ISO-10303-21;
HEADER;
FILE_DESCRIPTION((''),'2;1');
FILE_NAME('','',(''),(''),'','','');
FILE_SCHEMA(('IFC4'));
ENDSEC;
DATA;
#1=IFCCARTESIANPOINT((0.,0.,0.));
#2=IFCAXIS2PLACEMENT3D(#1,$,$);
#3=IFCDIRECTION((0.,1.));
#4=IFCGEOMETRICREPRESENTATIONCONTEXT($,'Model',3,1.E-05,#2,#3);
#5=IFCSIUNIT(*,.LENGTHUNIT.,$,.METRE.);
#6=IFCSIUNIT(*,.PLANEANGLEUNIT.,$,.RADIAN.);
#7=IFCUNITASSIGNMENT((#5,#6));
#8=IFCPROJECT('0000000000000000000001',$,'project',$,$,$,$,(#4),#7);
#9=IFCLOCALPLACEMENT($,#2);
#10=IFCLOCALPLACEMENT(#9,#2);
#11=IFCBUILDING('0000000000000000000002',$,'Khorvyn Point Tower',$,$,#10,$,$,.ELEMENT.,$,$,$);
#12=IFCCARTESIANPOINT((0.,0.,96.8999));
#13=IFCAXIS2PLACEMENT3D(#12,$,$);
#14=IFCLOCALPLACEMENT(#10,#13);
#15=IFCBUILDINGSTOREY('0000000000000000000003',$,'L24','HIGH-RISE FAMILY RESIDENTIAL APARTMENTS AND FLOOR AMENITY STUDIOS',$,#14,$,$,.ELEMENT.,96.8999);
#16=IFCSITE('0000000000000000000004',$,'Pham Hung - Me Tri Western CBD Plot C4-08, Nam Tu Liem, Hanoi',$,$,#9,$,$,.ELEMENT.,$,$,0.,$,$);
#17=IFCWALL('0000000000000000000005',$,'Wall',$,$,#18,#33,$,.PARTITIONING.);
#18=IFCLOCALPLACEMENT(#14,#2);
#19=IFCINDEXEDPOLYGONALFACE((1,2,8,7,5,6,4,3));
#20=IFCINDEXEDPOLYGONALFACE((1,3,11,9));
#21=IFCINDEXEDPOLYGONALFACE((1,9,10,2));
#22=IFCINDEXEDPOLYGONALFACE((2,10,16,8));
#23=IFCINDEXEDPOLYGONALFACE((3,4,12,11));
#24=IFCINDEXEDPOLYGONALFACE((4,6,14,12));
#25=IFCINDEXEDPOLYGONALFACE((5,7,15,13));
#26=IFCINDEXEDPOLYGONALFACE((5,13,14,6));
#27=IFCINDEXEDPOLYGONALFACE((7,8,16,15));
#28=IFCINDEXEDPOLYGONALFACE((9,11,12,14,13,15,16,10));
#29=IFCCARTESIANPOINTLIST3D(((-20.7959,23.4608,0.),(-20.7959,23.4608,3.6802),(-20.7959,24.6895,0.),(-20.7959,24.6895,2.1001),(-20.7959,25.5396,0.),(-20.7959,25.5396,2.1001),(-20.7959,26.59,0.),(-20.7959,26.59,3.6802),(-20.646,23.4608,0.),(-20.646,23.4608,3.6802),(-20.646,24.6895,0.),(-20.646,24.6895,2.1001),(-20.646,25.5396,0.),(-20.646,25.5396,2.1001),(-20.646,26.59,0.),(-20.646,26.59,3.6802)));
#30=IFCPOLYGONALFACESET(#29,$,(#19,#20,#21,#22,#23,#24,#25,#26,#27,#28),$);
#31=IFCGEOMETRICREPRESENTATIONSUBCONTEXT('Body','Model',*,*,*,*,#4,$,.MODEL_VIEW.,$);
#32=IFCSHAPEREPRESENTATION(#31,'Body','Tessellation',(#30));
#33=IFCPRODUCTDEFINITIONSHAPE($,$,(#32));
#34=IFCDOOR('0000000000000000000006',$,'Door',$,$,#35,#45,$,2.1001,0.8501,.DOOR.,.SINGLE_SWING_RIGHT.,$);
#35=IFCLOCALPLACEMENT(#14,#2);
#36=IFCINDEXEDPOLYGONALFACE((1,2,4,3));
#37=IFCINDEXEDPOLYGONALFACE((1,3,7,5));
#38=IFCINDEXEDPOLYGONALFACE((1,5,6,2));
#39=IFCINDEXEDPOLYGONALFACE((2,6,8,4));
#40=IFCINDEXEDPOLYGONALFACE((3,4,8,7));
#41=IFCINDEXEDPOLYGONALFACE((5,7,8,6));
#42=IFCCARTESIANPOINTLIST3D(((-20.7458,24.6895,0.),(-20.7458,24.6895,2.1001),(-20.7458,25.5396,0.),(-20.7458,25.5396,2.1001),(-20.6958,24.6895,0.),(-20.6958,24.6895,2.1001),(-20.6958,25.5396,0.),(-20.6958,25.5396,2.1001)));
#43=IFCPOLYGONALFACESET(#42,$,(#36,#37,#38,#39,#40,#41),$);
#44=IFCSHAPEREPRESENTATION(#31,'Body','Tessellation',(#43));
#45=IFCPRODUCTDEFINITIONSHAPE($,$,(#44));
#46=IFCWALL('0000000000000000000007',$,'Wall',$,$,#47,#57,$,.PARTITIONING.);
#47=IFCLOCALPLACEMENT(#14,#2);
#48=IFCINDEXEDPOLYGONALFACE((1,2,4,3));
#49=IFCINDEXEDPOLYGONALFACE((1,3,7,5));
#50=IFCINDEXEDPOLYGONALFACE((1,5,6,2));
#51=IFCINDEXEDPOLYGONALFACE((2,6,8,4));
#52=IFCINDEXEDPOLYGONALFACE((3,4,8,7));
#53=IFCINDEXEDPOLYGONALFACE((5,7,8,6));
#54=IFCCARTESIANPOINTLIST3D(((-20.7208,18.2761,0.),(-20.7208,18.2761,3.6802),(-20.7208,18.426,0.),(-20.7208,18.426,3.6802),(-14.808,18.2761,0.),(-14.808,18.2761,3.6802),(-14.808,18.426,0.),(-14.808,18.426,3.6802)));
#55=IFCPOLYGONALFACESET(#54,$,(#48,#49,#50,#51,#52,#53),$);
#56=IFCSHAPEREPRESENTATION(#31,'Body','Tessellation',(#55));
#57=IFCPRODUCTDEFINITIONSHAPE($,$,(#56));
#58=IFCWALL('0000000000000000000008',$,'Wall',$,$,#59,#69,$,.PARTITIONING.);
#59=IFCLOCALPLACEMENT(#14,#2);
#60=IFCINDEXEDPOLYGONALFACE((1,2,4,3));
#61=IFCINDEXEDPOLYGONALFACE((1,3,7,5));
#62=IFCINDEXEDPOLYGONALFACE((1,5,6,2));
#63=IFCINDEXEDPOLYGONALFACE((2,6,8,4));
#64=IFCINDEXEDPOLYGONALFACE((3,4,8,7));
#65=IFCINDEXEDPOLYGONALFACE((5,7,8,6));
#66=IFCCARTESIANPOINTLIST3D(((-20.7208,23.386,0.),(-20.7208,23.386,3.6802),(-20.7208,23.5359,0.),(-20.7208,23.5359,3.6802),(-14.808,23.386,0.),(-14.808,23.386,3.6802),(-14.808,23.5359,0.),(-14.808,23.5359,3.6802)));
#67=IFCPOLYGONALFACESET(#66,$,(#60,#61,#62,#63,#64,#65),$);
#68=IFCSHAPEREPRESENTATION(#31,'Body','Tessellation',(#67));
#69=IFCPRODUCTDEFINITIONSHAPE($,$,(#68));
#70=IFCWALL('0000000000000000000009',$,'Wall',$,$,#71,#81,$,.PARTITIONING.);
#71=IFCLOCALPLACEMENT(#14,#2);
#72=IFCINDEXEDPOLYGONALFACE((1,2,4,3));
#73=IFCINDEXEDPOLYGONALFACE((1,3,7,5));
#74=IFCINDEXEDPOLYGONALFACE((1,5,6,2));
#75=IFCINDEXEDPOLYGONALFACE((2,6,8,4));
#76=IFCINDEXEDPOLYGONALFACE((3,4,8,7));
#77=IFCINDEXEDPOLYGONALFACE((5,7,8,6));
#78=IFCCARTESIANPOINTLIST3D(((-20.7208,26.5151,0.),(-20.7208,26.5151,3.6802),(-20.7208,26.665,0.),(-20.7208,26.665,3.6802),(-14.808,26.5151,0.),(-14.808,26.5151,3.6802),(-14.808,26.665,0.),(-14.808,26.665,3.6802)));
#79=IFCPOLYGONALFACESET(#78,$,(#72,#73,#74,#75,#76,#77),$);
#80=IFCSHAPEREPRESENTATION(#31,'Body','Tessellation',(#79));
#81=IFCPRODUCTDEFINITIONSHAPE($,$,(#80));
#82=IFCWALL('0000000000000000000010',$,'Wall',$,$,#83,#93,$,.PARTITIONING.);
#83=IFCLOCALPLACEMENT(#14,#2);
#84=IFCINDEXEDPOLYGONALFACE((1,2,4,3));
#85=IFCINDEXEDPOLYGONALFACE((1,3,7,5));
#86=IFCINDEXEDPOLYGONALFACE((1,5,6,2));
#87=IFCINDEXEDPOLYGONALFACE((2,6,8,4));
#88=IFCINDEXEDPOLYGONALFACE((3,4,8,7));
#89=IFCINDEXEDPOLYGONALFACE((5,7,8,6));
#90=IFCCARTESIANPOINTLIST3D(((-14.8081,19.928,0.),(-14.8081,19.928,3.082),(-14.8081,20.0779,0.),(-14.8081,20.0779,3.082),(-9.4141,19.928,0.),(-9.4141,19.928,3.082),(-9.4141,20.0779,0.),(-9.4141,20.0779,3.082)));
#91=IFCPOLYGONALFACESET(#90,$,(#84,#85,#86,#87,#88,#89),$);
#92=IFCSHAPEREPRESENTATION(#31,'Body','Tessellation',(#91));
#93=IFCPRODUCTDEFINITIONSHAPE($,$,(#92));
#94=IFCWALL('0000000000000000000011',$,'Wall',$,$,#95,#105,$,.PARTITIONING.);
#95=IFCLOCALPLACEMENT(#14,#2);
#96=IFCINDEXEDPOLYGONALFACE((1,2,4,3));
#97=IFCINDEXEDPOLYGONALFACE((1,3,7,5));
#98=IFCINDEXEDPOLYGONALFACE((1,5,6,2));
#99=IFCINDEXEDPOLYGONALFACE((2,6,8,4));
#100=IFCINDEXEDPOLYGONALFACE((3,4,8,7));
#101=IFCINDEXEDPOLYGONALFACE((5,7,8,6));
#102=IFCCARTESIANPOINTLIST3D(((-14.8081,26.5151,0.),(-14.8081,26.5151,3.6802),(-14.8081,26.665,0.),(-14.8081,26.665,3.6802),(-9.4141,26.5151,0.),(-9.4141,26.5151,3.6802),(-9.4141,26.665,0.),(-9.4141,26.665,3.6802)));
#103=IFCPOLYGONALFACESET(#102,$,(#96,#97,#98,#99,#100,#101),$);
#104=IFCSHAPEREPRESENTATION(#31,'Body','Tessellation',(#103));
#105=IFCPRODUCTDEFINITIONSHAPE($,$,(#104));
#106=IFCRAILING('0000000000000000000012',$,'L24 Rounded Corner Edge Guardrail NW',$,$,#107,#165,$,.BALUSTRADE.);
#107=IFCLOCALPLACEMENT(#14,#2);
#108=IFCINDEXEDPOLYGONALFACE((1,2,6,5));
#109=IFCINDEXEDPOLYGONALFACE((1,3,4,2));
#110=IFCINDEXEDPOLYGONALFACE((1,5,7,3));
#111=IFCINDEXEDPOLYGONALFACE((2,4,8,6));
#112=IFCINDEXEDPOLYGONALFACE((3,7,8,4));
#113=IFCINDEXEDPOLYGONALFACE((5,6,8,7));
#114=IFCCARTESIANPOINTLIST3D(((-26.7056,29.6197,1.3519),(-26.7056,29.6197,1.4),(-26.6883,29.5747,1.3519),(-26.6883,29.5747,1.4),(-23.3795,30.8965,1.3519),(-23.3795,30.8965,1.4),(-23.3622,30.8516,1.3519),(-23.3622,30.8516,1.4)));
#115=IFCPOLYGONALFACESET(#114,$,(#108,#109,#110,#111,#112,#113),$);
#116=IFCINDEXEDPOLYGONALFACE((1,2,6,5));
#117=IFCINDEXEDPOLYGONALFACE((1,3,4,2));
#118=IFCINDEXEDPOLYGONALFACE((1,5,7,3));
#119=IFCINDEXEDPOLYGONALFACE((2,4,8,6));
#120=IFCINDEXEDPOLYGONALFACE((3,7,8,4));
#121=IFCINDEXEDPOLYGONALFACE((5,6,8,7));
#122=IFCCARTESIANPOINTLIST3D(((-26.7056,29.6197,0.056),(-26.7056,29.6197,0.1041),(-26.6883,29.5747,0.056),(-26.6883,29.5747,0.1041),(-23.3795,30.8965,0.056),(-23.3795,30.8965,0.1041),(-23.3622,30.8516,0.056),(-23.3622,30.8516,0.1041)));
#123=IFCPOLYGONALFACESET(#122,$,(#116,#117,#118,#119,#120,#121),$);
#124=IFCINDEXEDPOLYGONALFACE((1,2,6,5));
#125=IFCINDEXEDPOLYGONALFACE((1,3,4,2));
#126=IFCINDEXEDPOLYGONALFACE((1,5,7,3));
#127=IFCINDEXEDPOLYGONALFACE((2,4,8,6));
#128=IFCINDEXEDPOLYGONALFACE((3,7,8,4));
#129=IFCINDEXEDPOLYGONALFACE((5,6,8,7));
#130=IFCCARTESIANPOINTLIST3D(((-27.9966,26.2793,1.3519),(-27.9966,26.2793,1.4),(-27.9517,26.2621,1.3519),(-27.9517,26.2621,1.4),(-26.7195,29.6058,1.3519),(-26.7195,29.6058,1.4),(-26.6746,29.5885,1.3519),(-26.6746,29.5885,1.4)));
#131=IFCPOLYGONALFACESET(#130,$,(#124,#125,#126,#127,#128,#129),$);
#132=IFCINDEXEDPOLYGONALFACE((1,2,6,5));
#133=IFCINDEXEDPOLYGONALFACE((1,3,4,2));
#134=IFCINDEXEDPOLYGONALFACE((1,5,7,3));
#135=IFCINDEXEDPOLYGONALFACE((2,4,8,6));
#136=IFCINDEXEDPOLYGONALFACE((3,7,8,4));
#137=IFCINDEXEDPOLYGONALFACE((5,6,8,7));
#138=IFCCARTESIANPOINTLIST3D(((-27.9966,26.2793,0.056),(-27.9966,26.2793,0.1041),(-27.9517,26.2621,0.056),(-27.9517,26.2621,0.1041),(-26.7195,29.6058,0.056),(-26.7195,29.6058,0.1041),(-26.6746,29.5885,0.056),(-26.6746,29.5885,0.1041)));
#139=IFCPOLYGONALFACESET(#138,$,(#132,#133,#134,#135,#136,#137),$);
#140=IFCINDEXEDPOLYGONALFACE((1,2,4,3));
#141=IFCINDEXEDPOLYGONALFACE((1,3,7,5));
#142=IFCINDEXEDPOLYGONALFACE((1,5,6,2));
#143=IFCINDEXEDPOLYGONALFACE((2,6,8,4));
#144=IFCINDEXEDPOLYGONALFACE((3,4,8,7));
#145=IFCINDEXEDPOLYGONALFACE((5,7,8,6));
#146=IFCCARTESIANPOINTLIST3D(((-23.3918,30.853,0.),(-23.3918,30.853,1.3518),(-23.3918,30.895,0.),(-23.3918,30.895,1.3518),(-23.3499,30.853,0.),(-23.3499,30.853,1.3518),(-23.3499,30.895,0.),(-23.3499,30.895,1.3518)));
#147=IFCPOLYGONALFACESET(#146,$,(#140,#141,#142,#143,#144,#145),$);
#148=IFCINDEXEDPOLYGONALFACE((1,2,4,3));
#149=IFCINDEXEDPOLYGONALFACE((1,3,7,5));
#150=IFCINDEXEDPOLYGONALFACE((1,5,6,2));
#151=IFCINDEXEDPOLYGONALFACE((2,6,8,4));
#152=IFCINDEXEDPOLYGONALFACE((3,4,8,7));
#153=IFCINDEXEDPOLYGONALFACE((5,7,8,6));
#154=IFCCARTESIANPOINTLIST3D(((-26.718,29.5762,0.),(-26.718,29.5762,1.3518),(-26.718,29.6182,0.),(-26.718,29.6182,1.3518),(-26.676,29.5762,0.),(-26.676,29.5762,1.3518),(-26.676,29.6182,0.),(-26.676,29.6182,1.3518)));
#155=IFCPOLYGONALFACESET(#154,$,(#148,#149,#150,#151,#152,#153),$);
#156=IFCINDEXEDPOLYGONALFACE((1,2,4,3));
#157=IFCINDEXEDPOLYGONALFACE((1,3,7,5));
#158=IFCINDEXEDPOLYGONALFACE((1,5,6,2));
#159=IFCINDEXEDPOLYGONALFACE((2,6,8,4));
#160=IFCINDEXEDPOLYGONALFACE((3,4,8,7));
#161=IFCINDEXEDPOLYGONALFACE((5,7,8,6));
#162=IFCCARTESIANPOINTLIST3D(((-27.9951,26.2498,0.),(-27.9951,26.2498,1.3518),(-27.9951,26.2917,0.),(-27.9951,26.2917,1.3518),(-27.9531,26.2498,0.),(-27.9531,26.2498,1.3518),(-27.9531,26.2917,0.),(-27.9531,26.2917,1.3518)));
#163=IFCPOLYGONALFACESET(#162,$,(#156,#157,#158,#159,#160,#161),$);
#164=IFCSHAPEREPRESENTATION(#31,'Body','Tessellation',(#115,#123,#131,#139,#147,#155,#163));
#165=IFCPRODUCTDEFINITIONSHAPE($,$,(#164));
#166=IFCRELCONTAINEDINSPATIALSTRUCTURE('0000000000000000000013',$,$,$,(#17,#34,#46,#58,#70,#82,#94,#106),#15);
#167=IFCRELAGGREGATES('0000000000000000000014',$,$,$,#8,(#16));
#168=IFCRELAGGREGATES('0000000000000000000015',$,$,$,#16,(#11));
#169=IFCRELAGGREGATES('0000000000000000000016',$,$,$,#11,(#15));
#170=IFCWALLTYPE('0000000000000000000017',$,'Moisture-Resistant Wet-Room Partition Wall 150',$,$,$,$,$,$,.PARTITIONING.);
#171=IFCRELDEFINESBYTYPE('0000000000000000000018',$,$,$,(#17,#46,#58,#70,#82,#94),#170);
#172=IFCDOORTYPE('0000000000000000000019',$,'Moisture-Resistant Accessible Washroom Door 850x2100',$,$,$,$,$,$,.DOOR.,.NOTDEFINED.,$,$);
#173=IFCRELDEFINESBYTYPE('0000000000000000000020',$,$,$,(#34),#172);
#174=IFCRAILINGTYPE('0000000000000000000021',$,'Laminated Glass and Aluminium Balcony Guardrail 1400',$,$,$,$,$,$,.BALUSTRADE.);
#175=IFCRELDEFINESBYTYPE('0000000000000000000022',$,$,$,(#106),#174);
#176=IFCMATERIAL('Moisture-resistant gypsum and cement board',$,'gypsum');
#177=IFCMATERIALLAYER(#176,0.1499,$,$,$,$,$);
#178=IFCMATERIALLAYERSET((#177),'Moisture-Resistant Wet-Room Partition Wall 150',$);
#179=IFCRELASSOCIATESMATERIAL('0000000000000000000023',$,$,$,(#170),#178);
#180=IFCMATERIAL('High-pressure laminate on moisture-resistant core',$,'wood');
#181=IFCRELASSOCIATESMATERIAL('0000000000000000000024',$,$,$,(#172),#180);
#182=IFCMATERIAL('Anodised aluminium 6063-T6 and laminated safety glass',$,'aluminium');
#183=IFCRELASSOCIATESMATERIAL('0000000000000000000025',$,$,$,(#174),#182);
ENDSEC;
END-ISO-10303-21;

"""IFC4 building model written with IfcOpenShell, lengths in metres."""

from ifc_helpers import new_model, si_unit, direction, frame, frame_2d, origin, origin_2d, place, context, subcontext, project, spatial, rectangle, extrude, material, layer, layer_set, type_object, element, fill, save


model = new_model("IFC4")

# Units and contexts
model_context = context("Model", 3, precision=1e-05, world=origin(), true_north=direction((0.0, 1.0)))
body_context = subcontext(model_context, "Body", "Model", "MODEL_VIEW")
ifc_project = project(units=[si_unit("LENGTHUNIT", "METRE"), si_unit("PLANEANGLEUNIT", "RADIAN")], contexts=[model_context])

# Site, building, storey
site_placement = place(None, origin())
site = spatial("IfcSite", under=ifc_project, at=site_placement, Name="Pham Hung - Me Tri Western CBD Plot C4-08, Nam Tu Liem, Hanoi", CompositionType="ELEMENT", RefElevation=0.0)
building_placement = place(site_placement, origin())
building = spatial("IfcBuilding", under=site, at=building_placement, Name="Khorvyn Point Tower", CompositionType="ELEMENT")
storey_placement = place(building_placement, frame((0.0, 0.0, 96.8999)))
storey = spatial("IfcBuildingStorey", under=building, at=storey_placement, Name="L24", Description="HIGH-RISE FAMILY RESIDENTIAL APARTMENTS AND FLOOR AMENITY STUDIOS", CompositionType="ELEMENT", Elevation=96.8999)

# Wall, opening, door
ifc_material_1 = material(Name="Moisture-resistant gypsum and cement board", Category="gypsum")
ifc_layer_1 = layer(ifc_material_1, 0.1499)
ifc_layer_set_1 = layer_set([ifc_layer_1], Name="Moisture-Resistant Wet-Room Partition Wall 150")
wall_type_1 = type_object("IfcWallType", Name="Moisture-Resistant Wet-Room Partition Wall 150", PredefinedType="PARTITIONING", material=ifc_layer_set_1)
ifc_material_2 = material(Name="High-pressure laminate on moisture-resistant core", Category="wood")
door_type_1 = type_object("IfcDoorType", Name="Moisture-Resistant Accessible Washroom Door 850x2100", OperationType="NOTDEFINED", PredefinedType="DOOR", material=ifc_material_2)
wall_1_placement = place(storey_placement, frame((-20.7209, 23.4609, 0.0), z_axis=(0.0, 0.0, 1.0), x_axis=(0.0, 1.0, 0.0)))
wall_1 = element("IfcWall", 1, at=wall_1_placement, inside=storey, type_object=wall_type_1, Name="Wall", PredefinedType="PARTITIONING", context=body_context, shape_type="SweptSolid", body=[
    extrude(rectangle(XDim=3.1292, YDim=0.1499, at=frame_2d((1.5645, 0.0))), origin(), (0.0, 0.0, 1.0), 3.6802),
])
opening_1_placement = place(wall_1_placement, frame((1.2285, 0.0, 0.0)))
opening_1 = element("IfcOpeningElement", 2, at=opening_1_placement, cuts=wall_1, PredefinedType="OPENING", context=body_context, shape_type="SweptSolid", body=[
    extrude(rectangle(XDim=0.8501, YDim=2.1001, at=frame_2d((0.425, 1.05))), frame((0.0, 0.085, 0.0), z_axis=(0.0, -1.0, 0.0), x_axis=(1.0, 0.0, 0.0)), (0.0, 0.0, 1.0), 0.1699),
])
door_1_placement = place(opening_1_placement, origin())
door_1 = element("IfcDoor", 3, at=door_1_placement, inside=storey, type_object=door_type_1, Name="Door", OperationType="SINGLE_SWING_RIGHT", OverallHeight=2.1001, OverallWidth=0.8501, PredefinedType="DOOR", context=body_context, shape_type="SweptSolid", body=[
    extrude(rectangle(XDim=0.8501, YDim=2.1001, at=frame_2d((0.425, 1.05))), frame((0.0, 0.0249, 0.0), z_axis=(0.0, -1.0, 0.0), x_axis=(1.0, 0.0, 0.0)), (0.0, 0.0, 1.0), 0.05),
])
fill(opening_1, door_1)

# Walls
for number, where, z_axis, x_axis, name in (
    (4, (-20.7209, 18.3511, 0.0), (0.0, 0.0, 1.0), (1.0, 0.0, 0.0), "Wall"),
    (5, (-20.7209, 23.4609, 0.0), (0.0, 0.0, 1.0), (1.0, 0.0, 0.0), "Wall"),
    (6, (-20.7209, 26.5901, 0.0), (0.0, 0.0, 1.0), (1.0, 0.0, 0.0), "Wall"),
):
    element("IfcWall", number, at=place(storey_placement, frame(where, z_axis=z_axis, x_axis=x_axis)), inside=storey, type_object=wall_type_1, Name=name, PredefinedType="PARTITIONING", context=body_context, shape_type="SweptSolid", body=[
        extrude(rectangle(XDim=5.9128, YDim=0.1499, at=frame_2d((2.9565, 0.0))), origin(), (0.0, 0.0, 1.0), 3.6802),
    ])
wall_2_placement = place(storey_placement, frame((-14.8081, 20.0029, 0.0), z_axis=(0.0, 0.0, 1.0), x_axis=(1.0, 0.0, 0.0)))
element("IfcWall", 7, at=wall_2_placement, inside=storey, type_object=wall_type_1, Name="Wall", PredefinedType="PARTITIONING", context=body_context, shape_type="SweptSolid", body=[
    extrude(rectangle(XDim=5.394, YDim=0.1499, at=frame_2d((2.697, 0.0))), origin(), (0.0, 0.0, 1.0), 3.082),
])
wall_3_placement = place(storey_placement, frame((-14.8081, 26.5901, 0.0), z_axis=(0.0, 0.0, 1.0), x_axis=(1.0, 0.0, 0.0)))
element("IfcWall", 8, at=wall_3_placement, inside=storey, type_object=wall_type_1, Name="Wall", PredefinedType="PARTITIONING", context=body_context, shape_type="SweptSolid", body=[
    extrude(rectangle(XDim=5.394, YDim=0.1499, at=frame_2d((2.697, 0.0))), origin(), (0.0, 0.0, 1.0), 3.6802),
])

# Railing
ifc_material_3 = material(Name="Anodised aluminium 6063-T6 and laminated safety glass", Category="aluminium")
railing_type = type_object("IfcRailingType", Name="Laminated Glass and Aluminium Balcony Guardrail 1400", PredefinedType="BALUSTRADE", material=ifc_material_3)
railing_1_placement = place(storey_placement, frame((-23.3708, 30.874, 0.0)))
element("IfcRailing", 9, at=railing_1_placement, inside=storey, type_object=railing_type, Name="L24 Rounded Corner Edge Guardrail NW", PredefinedType="BALUSTRADE", context=body_context, shape_type="SweptSolid", body=[
    extrude(rectangle(XDim=0.0481, YDim=0.0481, at=origin_2d()), frame((0.0, 0.0, 1.376), z_axis=(-0.933575, -0.358382, 0.0), x_axis=(0.358382, -0.933575, 0.0)), (0.0, 0.0, 1.0), 3.5627),
    extrude(rectangle(XDim=0.0481, YDim=0.0481, at=origin_2d()), frame((0.0, 0.0, 0.0801), z_axis=(-0.933575, -0.358382, 0.0), x_axis=(0.358382, -0.933575, 0.0)), (0.0, 0.0, 1.0), 3.5627),
    extrude(rectangle(XDim=0.0481, YDim=0.0481, at=origin_2d()), frame((-3.3262, -1.2769, 1.376), z_axis=(-0.358419, -0.933561, 0.0), x_axis=(0.933561, -0.358419, 0.0)), (0.0, 0.0, 1.0), 3.5632),
    extrude(rectangle(XDim=0.0481, YDim=0.0481, at=origin_2d()), frame((-3.3262, -1.2769, 0.0801), z_axis=(-0.358419, -0.933561, 0.0), x_axis=(0.933561, -0.358419, 0.0)), (0.0, 0.0, 1.0), 3.5632),
    extrude(rectangle(XDim=0.042, YDim=0.042, at=origin_2d()), origin(), (0.0, 0.0, 1.0), 1.3518),
    extrude(rectangle(XDim=0.042, YDim=0.042, at=origin_2d()), frame((-3.3262, -1.2769, 0.0)), (0.0, 0.0, 1.0), 1.3518),
    extrude(rectangle(XDim=0.042, YDim=0.042, at=origin_2d()), frame((-4.6033, -4.6033, 0.0)), (0.0, 0.0, 1.0), 1.3518),
])

save(model, "model.ifc")
